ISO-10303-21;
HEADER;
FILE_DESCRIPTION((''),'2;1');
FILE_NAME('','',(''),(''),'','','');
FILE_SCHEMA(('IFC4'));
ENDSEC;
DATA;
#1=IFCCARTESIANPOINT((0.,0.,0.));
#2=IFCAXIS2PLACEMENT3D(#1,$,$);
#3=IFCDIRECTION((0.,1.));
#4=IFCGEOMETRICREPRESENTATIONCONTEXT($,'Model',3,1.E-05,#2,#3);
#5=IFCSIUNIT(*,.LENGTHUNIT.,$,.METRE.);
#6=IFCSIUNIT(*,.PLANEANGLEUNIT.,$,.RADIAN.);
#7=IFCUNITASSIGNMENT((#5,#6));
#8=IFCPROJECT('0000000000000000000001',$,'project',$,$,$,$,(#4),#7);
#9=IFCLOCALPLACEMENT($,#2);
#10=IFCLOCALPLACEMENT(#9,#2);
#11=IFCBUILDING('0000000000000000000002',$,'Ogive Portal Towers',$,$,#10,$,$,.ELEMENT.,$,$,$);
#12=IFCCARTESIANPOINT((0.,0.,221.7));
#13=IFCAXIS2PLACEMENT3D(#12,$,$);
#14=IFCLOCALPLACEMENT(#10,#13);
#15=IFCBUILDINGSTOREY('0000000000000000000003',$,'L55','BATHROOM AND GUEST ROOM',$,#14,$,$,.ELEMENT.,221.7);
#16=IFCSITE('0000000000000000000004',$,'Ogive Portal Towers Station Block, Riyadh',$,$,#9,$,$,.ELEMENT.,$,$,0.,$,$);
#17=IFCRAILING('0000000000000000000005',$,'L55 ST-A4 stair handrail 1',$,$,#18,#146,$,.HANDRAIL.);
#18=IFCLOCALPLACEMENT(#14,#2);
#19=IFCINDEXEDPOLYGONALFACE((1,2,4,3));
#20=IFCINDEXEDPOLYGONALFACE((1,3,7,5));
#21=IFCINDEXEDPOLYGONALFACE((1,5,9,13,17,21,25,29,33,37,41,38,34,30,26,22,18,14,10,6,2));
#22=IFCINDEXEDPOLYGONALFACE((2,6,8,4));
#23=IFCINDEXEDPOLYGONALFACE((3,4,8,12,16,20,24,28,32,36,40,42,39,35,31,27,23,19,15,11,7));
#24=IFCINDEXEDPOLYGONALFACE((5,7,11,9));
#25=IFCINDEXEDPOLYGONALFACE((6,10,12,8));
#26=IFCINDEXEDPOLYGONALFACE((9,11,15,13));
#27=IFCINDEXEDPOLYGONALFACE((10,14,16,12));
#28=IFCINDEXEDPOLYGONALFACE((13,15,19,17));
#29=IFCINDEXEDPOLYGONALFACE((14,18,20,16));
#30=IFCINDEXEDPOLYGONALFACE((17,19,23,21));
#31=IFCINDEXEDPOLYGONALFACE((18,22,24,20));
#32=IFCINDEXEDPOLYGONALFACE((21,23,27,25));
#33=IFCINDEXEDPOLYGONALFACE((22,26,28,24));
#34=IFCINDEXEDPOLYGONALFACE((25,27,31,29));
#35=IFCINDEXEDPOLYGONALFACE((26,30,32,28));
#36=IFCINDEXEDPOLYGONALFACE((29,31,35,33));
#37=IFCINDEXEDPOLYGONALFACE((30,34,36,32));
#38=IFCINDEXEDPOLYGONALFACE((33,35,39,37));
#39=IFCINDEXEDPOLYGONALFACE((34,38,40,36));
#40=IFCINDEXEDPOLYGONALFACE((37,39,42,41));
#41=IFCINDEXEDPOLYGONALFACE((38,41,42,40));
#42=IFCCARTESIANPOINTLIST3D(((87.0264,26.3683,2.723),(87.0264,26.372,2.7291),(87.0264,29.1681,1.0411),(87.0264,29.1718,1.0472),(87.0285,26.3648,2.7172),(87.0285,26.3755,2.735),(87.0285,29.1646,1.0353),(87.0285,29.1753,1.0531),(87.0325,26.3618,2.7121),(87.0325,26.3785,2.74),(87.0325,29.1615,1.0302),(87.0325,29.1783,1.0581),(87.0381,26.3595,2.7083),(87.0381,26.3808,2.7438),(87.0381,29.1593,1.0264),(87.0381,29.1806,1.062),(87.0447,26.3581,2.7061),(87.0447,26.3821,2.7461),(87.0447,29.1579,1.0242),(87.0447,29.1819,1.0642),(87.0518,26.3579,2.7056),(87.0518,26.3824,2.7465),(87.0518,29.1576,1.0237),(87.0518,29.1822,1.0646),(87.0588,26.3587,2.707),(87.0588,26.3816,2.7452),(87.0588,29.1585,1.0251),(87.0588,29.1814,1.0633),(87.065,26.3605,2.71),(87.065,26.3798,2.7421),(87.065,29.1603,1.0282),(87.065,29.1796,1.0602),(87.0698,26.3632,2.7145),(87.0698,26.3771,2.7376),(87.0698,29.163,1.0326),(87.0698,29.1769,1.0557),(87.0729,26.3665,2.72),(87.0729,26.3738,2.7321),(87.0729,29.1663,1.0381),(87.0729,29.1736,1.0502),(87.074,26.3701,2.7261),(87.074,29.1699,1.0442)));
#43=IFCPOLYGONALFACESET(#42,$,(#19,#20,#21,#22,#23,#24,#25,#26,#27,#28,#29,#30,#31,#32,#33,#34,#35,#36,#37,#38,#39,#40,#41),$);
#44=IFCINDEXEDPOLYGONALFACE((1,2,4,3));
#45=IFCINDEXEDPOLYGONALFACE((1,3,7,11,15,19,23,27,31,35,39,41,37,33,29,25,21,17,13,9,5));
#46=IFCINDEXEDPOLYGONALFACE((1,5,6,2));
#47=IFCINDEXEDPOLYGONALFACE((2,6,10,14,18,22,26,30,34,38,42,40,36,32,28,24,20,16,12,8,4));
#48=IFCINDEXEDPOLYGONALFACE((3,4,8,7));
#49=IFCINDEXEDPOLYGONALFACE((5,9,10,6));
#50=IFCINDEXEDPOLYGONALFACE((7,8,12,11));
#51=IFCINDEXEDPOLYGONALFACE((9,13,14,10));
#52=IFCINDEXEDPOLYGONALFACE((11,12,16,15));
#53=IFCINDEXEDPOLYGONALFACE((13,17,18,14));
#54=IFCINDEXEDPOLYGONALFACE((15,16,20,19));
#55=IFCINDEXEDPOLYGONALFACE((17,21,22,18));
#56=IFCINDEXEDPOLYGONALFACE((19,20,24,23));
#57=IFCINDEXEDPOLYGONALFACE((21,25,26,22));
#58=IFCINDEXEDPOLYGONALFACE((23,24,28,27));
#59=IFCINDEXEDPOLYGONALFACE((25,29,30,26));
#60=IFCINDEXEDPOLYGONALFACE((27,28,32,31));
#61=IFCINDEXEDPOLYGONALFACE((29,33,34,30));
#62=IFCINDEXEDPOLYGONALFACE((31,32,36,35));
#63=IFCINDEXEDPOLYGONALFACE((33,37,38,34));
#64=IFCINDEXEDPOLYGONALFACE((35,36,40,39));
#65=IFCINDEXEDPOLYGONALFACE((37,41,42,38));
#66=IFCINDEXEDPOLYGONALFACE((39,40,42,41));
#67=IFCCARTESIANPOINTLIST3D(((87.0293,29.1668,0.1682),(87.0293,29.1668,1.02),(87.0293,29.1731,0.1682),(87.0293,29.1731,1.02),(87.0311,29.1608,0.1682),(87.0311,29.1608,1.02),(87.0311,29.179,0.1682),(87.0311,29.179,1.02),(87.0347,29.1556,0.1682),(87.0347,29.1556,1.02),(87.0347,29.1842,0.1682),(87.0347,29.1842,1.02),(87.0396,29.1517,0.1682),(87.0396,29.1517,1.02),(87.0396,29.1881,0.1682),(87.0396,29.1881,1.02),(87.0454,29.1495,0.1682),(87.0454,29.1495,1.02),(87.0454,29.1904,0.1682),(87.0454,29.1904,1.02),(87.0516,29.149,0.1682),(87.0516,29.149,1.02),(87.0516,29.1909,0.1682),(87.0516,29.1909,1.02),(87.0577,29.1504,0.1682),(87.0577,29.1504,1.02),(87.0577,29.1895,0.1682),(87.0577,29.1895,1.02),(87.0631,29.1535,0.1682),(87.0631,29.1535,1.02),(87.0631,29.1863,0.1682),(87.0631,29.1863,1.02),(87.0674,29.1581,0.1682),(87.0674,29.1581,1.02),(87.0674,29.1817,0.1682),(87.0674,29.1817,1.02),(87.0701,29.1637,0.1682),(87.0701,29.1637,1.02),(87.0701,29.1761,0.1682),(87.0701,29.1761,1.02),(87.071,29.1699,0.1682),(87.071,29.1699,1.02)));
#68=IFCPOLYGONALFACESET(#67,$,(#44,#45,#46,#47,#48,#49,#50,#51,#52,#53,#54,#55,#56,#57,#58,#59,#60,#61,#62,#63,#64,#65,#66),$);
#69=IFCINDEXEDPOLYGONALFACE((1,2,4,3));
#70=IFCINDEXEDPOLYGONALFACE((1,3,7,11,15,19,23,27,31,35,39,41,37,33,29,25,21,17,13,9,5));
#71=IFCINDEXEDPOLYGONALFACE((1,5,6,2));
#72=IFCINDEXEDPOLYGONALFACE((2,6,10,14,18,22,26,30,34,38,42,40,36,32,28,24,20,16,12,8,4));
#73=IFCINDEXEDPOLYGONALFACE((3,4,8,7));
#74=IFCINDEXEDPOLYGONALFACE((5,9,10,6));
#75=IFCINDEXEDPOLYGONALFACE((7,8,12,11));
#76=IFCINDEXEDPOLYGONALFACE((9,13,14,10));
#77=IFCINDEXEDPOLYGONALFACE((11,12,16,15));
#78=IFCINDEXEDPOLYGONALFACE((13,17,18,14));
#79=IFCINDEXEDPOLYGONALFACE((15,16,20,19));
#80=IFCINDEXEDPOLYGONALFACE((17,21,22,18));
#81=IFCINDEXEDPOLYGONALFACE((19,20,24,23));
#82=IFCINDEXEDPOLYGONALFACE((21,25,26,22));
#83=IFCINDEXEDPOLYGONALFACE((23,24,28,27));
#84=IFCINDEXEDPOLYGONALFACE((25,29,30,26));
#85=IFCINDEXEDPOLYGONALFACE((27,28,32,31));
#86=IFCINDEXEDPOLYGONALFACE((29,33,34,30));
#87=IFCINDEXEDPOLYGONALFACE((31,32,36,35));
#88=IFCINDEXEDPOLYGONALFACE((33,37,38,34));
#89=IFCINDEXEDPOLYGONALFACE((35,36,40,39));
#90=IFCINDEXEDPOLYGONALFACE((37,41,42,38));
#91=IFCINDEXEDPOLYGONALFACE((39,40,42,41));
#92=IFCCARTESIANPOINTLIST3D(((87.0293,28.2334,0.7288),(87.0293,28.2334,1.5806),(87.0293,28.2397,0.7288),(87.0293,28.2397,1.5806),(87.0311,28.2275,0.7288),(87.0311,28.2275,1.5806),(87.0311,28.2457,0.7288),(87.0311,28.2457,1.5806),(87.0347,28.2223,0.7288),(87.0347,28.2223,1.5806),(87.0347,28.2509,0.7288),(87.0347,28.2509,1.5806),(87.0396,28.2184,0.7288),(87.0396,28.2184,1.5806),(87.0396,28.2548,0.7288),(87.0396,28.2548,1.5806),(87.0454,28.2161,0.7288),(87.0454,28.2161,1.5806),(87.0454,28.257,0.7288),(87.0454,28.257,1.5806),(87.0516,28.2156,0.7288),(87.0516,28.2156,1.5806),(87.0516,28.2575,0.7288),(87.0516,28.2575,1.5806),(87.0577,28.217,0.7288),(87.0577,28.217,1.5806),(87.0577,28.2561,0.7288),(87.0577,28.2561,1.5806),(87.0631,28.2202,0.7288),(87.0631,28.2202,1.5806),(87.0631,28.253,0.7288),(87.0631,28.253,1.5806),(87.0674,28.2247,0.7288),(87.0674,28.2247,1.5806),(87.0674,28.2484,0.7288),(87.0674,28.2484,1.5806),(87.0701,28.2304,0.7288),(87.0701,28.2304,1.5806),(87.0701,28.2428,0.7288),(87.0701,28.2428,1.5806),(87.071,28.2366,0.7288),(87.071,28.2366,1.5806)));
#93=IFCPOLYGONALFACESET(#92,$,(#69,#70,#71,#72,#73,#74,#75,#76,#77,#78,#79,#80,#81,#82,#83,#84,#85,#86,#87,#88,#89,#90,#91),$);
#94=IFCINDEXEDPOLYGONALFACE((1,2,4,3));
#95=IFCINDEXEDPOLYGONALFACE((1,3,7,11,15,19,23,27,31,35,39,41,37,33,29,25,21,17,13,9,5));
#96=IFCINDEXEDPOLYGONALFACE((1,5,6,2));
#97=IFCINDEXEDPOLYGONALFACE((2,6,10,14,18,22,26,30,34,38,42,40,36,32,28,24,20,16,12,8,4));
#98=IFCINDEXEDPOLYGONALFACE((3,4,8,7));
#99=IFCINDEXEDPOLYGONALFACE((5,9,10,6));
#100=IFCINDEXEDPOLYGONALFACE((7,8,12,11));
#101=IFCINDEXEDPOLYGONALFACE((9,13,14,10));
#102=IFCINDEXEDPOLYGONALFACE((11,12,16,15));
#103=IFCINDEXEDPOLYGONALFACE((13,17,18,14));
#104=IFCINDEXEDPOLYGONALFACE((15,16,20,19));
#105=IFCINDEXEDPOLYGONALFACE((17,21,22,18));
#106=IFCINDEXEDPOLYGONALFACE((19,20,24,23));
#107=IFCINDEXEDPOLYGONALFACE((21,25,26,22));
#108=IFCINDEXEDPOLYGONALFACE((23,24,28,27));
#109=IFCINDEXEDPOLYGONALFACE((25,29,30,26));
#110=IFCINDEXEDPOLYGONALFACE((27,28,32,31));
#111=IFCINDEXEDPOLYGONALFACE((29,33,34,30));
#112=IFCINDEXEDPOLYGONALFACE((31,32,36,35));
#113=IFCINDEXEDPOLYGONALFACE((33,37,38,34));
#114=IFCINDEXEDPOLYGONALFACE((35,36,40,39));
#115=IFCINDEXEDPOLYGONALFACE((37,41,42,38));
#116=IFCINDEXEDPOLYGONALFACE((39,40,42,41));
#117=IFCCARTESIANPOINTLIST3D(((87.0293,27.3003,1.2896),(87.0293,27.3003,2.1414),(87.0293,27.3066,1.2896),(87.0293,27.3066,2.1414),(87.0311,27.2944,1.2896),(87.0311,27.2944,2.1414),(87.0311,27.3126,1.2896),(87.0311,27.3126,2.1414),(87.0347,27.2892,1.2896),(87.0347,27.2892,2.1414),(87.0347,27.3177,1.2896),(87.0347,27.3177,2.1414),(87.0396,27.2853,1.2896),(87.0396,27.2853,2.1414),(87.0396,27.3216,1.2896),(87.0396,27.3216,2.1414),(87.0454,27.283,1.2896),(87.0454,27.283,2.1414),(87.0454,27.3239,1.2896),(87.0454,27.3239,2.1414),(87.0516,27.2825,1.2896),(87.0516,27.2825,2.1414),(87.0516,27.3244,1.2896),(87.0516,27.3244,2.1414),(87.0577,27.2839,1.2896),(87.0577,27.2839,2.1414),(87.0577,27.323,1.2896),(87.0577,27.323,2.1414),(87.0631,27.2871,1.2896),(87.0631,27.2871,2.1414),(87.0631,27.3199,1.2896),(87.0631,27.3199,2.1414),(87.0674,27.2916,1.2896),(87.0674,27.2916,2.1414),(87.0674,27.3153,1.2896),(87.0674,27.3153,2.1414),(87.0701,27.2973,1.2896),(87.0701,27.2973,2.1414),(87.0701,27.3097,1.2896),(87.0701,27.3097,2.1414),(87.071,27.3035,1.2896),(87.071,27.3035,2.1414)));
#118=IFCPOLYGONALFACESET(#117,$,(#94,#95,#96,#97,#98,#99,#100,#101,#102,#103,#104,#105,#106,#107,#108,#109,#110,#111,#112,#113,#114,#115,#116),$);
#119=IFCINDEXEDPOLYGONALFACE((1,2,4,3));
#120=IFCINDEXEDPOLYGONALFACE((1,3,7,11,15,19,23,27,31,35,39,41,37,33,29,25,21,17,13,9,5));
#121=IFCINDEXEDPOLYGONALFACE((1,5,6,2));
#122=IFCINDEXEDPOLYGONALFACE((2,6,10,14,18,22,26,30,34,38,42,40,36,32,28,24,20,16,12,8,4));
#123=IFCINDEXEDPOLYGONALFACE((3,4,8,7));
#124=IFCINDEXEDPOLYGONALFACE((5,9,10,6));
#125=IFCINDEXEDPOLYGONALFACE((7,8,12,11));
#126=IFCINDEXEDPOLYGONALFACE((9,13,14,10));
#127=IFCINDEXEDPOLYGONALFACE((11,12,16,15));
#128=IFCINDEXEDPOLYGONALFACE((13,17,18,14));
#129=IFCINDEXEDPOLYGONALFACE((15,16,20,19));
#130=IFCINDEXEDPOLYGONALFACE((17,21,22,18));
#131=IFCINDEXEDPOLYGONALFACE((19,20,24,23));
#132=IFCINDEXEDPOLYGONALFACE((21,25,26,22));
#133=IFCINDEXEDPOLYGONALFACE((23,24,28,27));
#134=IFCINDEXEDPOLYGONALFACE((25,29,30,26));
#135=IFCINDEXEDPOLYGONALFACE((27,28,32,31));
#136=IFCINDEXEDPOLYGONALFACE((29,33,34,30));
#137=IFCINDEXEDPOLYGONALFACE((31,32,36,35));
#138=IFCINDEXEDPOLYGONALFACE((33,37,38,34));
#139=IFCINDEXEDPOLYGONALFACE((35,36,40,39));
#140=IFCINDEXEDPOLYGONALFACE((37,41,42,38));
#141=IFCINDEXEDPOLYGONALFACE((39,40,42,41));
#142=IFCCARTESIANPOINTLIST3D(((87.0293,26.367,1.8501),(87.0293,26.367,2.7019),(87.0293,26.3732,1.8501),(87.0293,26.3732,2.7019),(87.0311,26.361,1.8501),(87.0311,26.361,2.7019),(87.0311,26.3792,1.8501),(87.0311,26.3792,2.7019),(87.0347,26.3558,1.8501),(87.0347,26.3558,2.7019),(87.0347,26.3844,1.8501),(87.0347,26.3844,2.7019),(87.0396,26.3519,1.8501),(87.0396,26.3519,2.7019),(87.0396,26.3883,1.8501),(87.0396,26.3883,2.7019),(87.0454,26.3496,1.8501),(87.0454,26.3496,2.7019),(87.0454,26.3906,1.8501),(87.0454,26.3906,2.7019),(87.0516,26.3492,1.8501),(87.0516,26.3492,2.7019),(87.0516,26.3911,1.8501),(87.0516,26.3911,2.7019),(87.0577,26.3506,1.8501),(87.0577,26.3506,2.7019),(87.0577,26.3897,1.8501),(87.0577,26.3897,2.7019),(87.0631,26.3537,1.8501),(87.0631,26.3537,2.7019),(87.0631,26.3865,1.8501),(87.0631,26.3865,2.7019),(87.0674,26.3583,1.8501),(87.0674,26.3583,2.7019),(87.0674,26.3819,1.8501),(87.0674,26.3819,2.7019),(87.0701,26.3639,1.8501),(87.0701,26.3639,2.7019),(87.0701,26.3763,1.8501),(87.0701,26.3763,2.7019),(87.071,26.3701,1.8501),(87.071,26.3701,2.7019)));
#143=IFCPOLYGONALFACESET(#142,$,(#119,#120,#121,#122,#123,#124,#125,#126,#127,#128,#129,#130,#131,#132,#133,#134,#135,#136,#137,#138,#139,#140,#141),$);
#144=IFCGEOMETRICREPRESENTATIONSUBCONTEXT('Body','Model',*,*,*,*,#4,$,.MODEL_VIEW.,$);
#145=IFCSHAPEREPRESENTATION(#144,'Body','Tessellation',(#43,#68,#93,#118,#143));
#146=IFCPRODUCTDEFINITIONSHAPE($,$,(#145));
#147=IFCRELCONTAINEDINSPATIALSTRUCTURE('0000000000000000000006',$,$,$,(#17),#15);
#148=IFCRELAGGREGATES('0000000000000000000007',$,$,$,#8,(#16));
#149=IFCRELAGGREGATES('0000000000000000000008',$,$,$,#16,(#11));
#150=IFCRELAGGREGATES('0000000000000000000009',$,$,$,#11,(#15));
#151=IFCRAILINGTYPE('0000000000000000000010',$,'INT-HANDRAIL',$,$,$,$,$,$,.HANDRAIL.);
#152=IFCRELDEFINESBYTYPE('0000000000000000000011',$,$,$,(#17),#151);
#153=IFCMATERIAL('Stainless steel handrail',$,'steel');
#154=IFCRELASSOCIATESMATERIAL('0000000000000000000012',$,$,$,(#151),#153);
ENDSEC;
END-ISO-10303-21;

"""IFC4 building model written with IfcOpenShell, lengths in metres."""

from ifc_helpers import new_model, si_unit, direction, frame, origin, origin_2d, place, context, subcontext, project, spatial, circle, extrude, material, type_object, element, save


model = new_model("IFC4")

# Units and contexts
model_context = context("Model", 3, precision=1e-05, world=origin(), true_north=direction((0.0, 1.0)))
body_context = subcontext(model_context, "Body", "Model", "MODEL_VIEW")
ifc_project = project(units=[si_unit("LENGTHUNIT", "METRE"), si_unit("PLANEANGLEUNIT", "RADIAN")], contexts=[model_context])

# Site, building, storey
site_placement = place(None, origin())
site = spatial("IfcSite", under=ifc_project, at=site_placement, Name="Ogive Portal Towers Station Block, Riyadh", CompositionType="ELEMENT", RefElevation=0.0)
building_placement = place(site_placement, origin())
building = spatial("IfcBuilding", under=site, at=building_placement, Name="Ogive Portal Towers", CompositionType="ELEMENT")
storey_placement = place(building_placement, frame((0.0, 0.0, 221.7)))
storey = spatial("IfcBuildingStorey", under=building, at=storey_placement, Name="L55", Description="BATHROOM AND GUEST ROOM", CompositionType="ELEMENT", Elevation=221.7)

# Railing
ifc_material_1 = material(Name="Stainless steel handrail", Category="steel")
railing_type_1 = type_object("IfcRailingType", Name="INT-HANDRAIL", PredefinedType="HANDRAIL", material=ifc_material_1)
railing_1_placement = place(storey_placement, frame((87.05, 29.1699, 0.1682)))
element("IfcRailing", 1, at=railing_1_placement, inside=storey, type_object=railing_type_1, Name="L55 ST-A4 stair handrail 1", PredefinedType="HANDRAIL", context=body_context, shape_type="SweptSolid", body=[
    extrude(circle(Radius=0.0239, at=origin_2d()), frame((0.0, 0.0, 0.876), z_axis=(0.0, -0.857222, 0.514946), x_axis=(1.0, 0.0, 0.0)), (0.0, 0.0, 1.0), 3.2661),
    extrude(circle(Radius=0.021, at=origin_2d()), origin(), (0.0, 0.0, 1.0), 0.8518),
    extrude(circle(Radius=0.021, at=origin_2d()), frame((0.0, -0.9333, 0.5605)), (0.0, 0.0, 1.0), 0.8518),
    extrude(circle(Radius=0.021, at=origin_2d()), frame((0.0, -1.8665, 1.1213)), (0.0, 0.0, 1.0), 0.8518),
    extrude(circle(Radius=0.021, at=origin_2d()), frame((0.0, -2.7998, 1.6819)), (0.0, 0.0, 1.0), 0.8518),
])

save(model, "model.ifc")
